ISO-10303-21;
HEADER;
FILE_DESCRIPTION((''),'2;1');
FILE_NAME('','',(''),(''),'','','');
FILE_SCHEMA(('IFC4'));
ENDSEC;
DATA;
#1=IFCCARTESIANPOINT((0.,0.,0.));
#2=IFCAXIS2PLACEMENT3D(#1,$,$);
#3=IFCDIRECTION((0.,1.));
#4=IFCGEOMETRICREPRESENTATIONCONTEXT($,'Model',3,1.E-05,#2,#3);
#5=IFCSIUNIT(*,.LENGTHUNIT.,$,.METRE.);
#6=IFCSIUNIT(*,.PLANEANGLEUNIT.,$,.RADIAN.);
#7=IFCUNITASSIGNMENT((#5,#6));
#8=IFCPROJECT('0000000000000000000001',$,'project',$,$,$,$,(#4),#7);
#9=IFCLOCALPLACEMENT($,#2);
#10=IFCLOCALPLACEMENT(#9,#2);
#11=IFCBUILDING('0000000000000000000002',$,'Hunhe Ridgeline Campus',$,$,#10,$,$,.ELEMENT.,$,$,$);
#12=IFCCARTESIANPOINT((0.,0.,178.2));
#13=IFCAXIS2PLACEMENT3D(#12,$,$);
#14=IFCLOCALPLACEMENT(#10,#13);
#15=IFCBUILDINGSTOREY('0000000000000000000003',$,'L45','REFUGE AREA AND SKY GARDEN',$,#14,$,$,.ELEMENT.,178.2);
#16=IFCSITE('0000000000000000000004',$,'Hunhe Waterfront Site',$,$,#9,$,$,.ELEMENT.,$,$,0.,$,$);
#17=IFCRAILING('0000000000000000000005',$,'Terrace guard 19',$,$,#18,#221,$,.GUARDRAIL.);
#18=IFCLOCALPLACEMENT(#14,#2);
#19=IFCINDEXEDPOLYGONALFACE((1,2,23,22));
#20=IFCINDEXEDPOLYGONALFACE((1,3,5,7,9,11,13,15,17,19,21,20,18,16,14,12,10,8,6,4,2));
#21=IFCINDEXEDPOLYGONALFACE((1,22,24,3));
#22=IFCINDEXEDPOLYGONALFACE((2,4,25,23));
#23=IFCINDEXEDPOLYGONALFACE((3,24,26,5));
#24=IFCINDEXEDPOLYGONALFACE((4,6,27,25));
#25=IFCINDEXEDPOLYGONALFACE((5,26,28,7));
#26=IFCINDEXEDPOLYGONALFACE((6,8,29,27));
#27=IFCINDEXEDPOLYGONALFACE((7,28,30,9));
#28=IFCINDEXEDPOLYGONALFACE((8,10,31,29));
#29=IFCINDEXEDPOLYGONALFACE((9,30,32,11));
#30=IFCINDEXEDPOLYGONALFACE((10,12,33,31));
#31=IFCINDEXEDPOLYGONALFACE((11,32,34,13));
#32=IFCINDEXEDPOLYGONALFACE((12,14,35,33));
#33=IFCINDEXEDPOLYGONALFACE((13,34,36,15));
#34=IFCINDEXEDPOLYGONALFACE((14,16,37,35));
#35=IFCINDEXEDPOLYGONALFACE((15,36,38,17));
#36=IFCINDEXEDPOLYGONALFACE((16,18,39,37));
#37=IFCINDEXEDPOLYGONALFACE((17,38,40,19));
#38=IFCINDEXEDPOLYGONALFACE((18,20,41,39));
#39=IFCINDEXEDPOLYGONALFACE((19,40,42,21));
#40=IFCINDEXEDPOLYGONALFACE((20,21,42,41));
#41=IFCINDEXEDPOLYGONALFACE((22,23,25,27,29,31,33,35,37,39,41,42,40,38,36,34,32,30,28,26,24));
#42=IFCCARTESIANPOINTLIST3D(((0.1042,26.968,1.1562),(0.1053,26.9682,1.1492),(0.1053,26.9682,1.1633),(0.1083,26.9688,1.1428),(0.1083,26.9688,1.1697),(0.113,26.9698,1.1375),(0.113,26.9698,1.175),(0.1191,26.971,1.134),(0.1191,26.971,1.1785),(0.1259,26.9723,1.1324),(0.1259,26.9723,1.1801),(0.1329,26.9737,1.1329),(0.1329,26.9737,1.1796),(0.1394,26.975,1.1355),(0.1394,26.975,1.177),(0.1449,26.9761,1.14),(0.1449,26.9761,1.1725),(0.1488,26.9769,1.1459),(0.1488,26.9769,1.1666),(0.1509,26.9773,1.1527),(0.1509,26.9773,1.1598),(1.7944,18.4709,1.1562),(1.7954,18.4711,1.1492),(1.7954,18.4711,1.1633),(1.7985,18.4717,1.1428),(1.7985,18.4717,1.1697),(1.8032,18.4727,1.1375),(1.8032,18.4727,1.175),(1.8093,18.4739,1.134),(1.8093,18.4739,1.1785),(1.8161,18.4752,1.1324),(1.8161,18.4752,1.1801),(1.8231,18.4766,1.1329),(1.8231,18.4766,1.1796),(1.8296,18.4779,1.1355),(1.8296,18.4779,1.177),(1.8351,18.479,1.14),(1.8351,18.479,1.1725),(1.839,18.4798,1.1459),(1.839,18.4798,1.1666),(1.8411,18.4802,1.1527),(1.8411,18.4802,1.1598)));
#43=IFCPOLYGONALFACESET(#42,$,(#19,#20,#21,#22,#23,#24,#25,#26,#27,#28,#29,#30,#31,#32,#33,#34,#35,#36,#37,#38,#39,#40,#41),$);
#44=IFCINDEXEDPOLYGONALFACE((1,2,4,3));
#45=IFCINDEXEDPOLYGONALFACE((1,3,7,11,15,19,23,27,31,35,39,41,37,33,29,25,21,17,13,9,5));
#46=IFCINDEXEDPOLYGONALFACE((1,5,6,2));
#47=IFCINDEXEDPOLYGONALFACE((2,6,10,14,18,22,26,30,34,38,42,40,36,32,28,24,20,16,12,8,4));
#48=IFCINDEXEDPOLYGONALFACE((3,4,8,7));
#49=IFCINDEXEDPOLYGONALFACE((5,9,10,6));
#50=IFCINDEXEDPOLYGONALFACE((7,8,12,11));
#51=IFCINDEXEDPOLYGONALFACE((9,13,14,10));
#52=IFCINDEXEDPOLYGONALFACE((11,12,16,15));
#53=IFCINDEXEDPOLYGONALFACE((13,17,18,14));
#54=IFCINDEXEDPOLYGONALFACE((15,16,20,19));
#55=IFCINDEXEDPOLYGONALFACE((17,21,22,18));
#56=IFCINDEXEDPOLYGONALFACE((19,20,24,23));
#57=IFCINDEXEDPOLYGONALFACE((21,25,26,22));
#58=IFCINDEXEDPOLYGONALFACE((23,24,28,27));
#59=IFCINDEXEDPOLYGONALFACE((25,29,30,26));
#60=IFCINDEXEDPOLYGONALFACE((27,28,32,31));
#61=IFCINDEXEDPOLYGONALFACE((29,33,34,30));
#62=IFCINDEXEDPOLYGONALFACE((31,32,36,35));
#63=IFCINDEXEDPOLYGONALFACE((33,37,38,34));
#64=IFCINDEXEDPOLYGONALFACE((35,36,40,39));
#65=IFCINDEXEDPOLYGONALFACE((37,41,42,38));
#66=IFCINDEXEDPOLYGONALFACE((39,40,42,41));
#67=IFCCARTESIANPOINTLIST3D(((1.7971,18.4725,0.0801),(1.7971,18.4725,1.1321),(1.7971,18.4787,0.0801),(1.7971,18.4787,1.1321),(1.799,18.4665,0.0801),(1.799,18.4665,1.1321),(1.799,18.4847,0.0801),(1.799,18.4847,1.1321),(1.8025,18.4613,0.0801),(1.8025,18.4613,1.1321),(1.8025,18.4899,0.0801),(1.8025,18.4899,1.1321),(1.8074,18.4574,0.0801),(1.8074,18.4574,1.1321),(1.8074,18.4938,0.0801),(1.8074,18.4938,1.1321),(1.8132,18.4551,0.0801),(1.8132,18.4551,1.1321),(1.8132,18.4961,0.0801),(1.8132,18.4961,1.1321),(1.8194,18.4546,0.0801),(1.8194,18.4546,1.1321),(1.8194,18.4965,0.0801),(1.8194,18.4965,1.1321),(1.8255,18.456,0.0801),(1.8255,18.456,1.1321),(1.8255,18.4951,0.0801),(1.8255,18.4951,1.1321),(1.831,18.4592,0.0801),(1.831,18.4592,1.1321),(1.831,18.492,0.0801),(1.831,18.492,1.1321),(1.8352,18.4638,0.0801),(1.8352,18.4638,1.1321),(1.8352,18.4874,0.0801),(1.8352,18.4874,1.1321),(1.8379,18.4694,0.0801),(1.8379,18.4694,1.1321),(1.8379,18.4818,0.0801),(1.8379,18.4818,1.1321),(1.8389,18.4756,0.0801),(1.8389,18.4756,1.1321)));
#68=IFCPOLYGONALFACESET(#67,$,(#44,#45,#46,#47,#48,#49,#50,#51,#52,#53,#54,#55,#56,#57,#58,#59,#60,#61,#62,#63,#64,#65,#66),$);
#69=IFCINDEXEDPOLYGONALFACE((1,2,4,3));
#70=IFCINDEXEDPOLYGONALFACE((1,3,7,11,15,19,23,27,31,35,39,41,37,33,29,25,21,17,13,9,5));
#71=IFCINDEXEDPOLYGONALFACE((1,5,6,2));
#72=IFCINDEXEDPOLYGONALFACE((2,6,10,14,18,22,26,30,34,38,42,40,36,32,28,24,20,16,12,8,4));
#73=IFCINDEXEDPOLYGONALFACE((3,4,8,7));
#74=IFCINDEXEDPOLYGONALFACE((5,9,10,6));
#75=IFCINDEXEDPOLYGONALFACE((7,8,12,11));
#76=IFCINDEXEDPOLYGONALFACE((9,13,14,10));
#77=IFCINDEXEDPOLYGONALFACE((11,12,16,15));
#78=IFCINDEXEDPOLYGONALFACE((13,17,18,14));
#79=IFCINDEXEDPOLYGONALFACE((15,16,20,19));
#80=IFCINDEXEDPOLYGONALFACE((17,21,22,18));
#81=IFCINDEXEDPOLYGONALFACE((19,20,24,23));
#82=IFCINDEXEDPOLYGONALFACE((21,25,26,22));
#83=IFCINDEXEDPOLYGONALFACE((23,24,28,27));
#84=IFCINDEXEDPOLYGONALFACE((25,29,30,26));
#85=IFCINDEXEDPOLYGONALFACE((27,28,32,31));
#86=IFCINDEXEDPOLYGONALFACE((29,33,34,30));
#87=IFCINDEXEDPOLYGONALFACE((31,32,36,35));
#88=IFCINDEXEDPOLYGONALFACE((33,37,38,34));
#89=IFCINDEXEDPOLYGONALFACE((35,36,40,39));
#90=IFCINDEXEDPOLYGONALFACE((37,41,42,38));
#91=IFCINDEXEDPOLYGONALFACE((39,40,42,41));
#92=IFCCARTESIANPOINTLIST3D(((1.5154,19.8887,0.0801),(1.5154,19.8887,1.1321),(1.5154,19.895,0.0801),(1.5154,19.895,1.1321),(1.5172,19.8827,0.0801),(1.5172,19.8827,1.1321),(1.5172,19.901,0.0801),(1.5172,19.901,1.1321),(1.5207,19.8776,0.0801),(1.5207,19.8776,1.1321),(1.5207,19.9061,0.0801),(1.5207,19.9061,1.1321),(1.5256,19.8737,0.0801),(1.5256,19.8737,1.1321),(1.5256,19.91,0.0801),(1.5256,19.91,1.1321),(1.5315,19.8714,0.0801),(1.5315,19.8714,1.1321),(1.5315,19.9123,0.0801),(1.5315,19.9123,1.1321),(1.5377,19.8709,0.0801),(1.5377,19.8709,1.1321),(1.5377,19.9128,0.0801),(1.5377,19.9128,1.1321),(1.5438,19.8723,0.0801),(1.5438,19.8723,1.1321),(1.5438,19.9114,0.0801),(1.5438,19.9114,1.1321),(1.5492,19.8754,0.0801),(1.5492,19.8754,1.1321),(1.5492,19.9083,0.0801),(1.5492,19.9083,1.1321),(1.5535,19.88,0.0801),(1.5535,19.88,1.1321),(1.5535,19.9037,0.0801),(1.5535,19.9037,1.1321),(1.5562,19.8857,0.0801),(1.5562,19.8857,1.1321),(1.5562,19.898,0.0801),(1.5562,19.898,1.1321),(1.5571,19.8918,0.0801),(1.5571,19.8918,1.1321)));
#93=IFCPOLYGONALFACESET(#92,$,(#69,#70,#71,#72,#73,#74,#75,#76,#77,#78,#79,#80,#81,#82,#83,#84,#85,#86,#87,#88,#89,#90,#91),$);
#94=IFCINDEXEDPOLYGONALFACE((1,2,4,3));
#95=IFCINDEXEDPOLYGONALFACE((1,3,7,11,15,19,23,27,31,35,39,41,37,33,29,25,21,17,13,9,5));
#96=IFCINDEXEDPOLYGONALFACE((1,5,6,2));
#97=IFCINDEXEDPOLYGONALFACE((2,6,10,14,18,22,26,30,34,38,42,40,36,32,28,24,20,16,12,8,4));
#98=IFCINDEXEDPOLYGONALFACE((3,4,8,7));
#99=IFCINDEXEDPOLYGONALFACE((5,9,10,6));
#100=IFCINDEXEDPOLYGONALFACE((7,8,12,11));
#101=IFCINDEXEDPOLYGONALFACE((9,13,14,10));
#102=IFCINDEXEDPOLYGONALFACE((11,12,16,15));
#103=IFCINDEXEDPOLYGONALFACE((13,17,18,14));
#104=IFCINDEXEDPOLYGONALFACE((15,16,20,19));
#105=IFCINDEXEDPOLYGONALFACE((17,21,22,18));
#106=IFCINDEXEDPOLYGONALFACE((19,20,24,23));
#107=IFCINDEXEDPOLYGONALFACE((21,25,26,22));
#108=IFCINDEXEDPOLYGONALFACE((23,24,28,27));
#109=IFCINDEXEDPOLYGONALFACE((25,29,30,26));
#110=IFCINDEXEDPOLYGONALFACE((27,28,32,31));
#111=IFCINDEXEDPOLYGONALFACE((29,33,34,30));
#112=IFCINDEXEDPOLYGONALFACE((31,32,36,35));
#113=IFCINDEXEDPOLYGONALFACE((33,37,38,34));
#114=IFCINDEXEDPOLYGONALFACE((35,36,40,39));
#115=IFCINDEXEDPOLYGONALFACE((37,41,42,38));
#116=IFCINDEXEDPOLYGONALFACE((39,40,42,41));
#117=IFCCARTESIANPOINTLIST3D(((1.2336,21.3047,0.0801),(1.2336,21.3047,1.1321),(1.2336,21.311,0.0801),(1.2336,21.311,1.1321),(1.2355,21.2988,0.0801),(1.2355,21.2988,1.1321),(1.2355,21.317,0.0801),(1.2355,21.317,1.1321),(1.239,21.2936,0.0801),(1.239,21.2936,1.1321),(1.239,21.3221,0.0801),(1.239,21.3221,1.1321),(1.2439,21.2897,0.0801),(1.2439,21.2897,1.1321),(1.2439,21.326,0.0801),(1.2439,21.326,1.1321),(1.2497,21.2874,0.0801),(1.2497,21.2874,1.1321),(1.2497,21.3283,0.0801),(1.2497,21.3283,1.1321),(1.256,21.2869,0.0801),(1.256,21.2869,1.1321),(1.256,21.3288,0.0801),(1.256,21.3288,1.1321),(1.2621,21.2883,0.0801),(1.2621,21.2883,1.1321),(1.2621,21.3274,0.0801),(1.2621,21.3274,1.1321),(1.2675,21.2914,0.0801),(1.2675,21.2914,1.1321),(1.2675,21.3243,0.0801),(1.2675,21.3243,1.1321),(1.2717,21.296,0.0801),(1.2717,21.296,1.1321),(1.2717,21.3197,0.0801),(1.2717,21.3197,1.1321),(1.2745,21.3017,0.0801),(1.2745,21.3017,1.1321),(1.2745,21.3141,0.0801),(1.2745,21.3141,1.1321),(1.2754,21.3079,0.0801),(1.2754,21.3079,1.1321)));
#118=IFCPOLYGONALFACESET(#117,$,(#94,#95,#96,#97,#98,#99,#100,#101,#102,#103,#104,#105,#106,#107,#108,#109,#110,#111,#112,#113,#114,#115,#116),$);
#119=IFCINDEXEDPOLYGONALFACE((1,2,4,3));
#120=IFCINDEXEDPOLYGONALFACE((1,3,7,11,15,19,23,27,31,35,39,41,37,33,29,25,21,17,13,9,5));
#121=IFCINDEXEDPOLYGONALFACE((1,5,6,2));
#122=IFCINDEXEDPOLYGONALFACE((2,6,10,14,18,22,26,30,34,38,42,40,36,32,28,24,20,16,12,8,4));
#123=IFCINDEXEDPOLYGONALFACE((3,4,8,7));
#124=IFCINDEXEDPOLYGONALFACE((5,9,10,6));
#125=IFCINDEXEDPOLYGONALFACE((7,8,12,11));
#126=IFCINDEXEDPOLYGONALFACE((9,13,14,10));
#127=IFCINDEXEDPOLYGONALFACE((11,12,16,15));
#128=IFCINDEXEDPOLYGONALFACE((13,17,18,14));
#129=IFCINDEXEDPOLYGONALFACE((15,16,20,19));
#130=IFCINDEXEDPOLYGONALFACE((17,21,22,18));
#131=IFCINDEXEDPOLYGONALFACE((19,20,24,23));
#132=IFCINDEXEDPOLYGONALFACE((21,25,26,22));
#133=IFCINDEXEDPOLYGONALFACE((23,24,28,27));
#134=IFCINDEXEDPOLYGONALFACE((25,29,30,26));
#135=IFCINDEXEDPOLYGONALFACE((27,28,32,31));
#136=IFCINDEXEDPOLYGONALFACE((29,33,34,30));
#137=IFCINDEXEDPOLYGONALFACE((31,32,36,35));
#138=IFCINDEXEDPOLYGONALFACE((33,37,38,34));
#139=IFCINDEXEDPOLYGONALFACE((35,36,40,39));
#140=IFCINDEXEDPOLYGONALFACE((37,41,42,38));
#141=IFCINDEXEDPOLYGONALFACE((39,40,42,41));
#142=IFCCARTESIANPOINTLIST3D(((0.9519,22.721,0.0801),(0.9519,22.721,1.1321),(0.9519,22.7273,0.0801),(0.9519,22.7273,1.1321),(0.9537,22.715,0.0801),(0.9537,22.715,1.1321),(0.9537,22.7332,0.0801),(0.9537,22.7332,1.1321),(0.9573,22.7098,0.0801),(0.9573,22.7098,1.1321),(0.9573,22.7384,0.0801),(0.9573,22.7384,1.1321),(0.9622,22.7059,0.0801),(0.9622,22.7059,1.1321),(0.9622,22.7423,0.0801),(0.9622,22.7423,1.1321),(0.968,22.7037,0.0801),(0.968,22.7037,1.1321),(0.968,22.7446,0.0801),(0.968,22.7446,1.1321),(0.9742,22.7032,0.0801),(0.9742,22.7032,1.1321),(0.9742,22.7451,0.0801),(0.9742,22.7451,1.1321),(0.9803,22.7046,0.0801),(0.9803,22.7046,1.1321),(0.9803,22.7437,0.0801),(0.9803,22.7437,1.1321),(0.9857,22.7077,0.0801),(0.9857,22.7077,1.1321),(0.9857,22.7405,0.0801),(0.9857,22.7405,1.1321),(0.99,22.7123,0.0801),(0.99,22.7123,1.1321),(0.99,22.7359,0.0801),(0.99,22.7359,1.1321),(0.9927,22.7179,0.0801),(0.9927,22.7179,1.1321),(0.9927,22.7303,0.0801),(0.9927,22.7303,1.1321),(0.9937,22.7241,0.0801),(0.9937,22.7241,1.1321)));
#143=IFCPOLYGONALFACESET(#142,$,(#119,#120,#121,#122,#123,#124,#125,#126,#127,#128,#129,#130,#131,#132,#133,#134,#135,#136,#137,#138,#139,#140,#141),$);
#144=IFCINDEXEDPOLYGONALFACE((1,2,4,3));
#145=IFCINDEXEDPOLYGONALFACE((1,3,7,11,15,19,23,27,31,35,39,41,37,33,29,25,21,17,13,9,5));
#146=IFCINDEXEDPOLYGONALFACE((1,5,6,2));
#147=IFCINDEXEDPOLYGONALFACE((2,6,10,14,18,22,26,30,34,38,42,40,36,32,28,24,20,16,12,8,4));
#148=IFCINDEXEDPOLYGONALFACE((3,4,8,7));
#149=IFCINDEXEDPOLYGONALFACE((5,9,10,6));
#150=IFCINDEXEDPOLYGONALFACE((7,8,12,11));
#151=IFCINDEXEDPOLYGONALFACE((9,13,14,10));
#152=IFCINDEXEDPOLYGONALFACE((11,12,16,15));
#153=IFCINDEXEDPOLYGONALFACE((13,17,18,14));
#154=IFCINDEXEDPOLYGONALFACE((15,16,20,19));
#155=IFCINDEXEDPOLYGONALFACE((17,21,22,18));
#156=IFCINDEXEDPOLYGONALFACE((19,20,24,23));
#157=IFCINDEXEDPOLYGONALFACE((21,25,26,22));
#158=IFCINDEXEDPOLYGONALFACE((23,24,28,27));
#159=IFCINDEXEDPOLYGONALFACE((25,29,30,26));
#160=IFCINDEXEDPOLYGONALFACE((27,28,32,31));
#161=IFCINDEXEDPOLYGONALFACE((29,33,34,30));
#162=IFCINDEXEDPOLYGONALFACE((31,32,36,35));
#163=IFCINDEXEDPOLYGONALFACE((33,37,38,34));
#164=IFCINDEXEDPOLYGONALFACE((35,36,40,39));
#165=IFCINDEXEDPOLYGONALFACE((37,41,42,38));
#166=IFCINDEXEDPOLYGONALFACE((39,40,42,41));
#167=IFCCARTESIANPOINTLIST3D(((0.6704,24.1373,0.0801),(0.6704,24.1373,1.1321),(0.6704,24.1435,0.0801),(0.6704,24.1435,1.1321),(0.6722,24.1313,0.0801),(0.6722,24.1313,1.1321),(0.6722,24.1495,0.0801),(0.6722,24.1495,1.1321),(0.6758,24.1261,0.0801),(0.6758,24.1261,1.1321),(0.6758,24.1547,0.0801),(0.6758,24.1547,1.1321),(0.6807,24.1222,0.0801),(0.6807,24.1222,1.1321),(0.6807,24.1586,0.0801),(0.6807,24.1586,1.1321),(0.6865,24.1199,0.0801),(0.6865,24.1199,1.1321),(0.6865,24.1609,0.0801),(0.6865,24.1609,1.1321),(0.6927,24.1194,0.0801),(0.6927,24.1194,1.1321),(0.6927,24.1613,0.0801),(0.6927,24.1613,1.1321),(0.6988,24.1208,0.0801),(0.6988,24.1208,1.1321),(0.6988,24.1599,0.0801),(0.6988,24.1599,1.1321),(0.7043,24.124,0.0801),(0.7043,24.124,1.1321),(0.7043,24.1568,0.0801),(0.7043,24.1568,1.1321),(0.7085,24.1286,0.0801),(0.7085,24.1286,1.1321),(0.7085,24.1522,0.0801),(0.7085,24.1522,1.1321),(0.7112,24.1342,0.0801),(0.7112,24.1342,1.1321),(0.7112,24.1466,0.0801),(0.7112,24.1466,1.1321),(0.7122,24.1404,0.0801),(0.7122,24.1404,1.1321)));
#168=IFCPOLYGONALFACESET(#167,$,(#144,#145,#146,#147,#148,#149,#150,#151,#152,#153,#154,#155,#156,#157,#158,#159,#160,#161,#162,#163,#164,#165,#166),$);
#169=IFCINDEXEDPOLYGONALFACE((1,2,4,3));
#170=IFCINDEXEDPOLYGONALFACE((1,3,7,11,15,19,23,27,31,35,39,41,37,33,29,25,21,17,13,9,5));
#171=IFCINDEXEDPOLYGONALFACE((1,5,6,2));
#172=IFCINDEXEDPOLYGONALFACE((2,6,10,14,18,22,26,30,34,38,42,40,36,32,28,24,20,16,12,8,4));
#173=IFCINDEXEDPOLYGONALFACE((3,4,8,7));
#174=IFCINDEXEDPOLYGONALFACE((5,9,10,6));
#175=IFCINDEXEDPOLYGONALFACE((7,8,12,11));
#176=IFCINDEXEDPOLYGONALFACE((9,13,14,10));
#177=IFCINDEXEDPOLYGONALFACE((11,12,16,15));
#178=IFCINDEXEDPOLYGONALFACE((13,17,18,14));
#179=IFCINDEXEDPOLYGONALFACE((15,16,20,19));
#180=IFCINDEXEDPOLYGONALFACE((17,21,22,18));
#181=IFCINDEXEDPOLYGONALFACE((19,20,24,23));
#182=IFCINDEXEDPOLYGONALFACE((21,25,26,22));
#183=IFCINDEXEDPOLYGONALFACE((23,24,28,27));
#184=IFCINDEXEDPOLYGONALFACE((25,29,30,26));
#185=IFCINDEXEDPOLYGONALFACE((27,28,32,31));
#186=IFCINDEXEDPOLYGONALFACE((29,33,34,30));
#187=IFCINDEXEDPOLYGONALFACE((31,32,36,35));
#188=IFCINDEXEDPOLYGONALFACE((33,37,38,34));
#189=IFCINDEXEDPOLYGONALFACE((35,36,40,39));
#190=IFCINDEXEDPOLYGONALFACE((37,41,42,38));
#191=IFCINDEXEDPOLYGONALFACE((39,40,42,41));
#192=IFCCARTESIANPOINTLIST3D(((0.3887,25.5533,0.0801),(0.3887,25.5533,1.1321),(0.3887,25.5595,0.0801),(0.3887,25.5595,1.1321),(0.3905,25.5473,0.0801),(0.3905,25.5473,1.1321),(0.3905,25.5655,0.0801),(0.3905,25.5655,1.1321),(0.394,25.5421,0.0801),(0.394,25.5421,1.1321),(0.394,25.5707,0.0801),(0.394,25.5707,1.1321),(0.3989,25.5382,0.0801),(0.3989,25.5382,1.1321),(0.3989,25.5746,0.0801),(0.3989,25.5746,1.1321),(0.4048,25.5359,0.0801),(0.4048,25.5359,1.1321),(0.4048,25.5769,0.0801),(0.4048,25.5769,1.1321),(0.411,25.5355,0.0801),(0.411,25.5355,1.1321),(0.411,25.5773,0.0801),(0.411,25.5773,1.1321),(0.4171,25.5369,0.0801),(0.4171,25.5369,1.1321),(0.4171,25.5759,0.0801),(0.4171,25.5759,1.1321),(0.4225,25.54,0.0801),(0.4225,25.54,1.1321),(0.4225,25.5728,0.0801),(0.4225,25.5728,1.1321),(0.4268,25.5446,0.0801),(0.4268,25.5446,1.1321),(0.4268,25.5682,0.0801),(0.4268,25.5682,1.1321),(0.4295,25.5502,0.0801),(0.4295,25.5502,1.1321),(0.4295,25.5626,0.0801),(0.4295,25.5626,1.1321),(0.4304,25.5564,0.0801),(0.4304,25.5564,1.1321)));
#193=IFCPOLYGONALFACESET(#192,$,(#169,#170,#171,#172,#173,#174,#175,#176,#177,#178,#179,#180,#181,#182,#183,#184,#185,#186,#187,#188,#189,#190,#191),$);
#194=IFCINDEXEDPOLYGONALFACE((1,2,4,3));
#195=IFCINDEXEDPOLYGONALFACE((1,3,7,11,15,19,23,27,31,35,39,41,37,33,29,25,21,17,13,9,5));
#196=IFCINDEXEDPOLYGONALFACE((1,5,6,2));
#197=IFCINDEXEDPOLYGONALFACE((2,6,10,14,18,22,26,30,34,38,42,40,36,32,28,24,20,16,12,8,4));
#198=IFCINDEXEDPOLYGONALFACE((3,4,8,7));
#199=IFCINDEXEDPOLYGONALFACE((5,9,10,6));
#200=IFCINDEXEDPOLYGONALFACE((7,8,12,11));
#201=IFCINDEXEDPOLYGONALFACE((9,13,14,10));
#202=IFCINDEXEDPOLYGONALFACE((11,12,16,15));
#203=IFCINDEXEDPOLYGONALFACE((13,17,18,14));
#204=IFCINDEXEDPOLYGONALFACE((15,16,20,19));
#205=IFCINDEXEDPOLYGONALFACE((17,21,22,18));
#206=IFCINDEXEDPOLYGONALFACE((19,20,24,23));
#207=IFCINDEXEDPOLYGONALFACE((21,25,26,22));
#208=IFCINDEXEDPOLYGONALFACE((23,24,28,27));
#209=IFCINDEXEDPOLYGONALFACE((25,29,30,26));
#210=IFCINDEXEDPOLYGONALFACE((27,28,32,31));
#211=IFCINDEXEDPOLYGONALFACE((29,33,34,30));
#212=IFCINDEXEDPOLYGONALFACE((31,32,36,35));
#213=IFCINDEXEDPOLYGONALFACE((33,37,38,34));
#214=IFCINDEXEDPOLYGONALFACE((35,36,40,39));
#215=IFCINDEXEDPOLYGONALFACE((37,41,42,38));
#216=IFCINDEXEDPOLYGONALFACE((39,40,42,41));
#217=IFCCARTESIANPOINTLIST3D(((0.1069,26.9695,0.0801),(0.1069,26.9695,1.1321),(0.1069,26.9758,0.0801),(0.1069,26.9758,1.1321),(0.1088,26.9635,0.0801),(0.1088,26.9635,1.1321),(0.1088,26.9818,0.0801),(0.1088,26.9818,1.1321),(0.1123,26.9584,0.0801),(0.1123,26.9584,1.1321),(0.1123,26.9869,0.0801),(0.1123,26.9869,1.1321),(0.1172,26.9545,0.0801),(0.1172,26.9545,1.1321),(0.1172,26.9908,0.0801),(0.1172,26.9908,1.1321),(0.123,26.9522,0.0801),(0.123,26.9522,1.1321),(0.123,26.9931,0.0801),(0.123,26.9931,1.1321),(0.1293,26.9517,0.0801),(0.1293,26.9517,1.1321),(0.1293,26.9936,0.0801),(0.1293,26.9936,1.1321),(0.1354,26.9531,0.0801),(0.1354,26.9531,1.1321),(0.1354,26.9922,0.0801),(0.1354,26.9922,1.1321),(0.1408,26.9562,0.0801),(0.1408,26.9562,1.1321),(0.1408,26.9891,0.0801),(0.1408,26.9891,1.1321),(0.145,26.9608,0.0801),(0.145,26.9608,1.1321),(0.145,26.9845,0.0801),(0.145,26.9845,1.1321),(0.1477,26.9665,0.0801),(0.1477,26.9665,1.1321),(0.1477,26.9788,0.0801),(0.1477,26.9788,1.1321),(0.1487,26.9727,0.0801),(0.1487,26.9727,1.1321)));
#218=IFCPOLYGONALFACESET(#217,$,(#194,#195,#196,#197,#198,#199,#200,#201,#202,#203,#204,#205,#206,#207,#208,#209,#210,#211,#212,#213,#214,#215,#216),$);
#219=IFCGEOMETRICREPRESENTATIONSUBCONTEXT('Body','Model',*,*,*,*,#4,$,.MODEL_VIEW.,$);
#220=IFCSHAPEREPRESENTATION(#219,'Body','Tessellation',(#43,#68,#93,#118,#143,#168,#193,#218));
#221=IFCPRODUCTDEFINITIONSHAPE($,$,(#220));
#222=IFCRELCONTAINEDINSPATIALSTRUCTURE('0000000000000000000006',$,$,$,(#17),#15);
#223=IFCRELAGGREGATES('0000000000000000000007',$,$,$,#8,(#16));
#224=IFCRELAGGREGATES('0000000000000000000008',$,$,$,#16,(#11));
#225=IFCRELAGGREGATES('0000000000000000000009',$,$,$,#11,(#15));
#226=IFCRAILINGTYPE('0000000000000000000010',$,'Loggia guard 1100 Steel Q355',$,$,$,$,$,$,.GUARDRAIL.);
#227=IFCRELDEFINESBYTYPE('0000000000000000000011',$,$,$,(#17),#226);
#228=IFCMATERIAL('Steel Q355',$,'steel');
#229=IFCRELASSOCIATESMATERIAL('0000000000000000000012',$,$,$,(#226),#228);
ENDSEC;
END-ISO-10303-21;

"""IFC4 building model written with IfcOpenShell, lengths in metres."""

from ifc_helpers import new_model, si_unit, direction, frame, origin, origin_2d, place, context, subcontext, project, spatial, circle, extrude, material, type_object, element, save


model = new_model("IFC4")

# Units and contexts
model_context = context("Model", 3, precision=1e-05, world=origin(), true_north=direction((0.0, 1.0)))
body_context = subcontext(model_context, "Body", "Model", "MODEL_VIEW")
ifc_project = project(units=[si_unit("LENGTHUNIT", "METRE"), si_unit("PLANEANGLEUNIT", "RADIAN")], contexts=[model_context])

# Site, building, storey
site_placement = place(None, origin())
site = spatial("IfcSite", under=ifc_project, at=site_placement, Name="Hunhe Waterfront Site", CompositionType="ELEMENT", RefElevation=0.0)
building_placement = place(site_placement, origin())
building = spatial("IfcBuilding", under=site, at=building_placement, Name="Hunhe Ridgeline Campus", CompositionType="ELEMENT")
storey_placement = place(building_placement, frame((0.0, 0.0, 178.2)))
storey = spatial("IfcBuildingStorey", under=building, at=storey_placement, Name="L45", Description="REFUGE AREA AND SKY GARDEN", CompositionType="ELEMENT", Elevation=178.2)

# Railing
ifc_material_1 = material(Name="Steel Q355", Category="steel")
railing_type = type_object("IfcRailingType", Name="Loggia guard 1100 Steel Q355", PredefinedType="GUARDRAIL", material=ifc_material_1)
railing_1_placement = place(storey_placement, frame((1.8179, 18.4756, 0.0801)))
element("IfcRailing", 1, at=railing_1_placement, inside=storey, type_object=railing_type, Name="Terrace guard 19", PredefinedType="GUARDRAIL", context=body_context, shape_type="SweptSolid", body=[
    extrude(circle(Radius=0.0239, at=origin_2d()), frame((0.0, 0.0, 1.0762), z_axis=(-0.195092, 0.980785, 0.0), x_axis=(-0.980785, -0.195092, 0.0)), (0.0, 0.0, 1.0), 8.6636),
    extrude(circle(Radius=0.021, at=origin_2d()), origin(), (0.0, 0.0, 1.0), 1.052),
    extrude(circle(Radius=0.021, at=origin_2d()), frame((-0.2817, 1.4163, 0.0)), (0.0, 0.0, 1.0), 1.052),
    extrude(circle(Radius=0.021, at=origin_2d()), frame((-0.5635, 2.8323, 0.0)), (0.0, 0.0, 1.0), 1.052),
    extrude(circle(Radius=0.021, at=origin_2d()), frame((-0.8452, 4.2485, 0.0)), (0.0, 0.0, 1.0), 1.052),
    extrude(circle(Radius=0.021, at=origin_2d()), frame((-1.1267, 5.6648, 0.0)), (0.0, 0.0, 1.0), 1.052),
    extrude(circle(Radius=0.021, at=origin_2d()), frame((-1.4084, 7.0808, 0.0)), (0.0, 0.0, 1.0), 1.052),
    extrude(circle(Radius=0.021, at=origin_2d()), frame((-1.6902, 8.4971, 0.0)), (0.0, 0.0, 1.0), 1.052),
])

save(model, "model.ifc")
